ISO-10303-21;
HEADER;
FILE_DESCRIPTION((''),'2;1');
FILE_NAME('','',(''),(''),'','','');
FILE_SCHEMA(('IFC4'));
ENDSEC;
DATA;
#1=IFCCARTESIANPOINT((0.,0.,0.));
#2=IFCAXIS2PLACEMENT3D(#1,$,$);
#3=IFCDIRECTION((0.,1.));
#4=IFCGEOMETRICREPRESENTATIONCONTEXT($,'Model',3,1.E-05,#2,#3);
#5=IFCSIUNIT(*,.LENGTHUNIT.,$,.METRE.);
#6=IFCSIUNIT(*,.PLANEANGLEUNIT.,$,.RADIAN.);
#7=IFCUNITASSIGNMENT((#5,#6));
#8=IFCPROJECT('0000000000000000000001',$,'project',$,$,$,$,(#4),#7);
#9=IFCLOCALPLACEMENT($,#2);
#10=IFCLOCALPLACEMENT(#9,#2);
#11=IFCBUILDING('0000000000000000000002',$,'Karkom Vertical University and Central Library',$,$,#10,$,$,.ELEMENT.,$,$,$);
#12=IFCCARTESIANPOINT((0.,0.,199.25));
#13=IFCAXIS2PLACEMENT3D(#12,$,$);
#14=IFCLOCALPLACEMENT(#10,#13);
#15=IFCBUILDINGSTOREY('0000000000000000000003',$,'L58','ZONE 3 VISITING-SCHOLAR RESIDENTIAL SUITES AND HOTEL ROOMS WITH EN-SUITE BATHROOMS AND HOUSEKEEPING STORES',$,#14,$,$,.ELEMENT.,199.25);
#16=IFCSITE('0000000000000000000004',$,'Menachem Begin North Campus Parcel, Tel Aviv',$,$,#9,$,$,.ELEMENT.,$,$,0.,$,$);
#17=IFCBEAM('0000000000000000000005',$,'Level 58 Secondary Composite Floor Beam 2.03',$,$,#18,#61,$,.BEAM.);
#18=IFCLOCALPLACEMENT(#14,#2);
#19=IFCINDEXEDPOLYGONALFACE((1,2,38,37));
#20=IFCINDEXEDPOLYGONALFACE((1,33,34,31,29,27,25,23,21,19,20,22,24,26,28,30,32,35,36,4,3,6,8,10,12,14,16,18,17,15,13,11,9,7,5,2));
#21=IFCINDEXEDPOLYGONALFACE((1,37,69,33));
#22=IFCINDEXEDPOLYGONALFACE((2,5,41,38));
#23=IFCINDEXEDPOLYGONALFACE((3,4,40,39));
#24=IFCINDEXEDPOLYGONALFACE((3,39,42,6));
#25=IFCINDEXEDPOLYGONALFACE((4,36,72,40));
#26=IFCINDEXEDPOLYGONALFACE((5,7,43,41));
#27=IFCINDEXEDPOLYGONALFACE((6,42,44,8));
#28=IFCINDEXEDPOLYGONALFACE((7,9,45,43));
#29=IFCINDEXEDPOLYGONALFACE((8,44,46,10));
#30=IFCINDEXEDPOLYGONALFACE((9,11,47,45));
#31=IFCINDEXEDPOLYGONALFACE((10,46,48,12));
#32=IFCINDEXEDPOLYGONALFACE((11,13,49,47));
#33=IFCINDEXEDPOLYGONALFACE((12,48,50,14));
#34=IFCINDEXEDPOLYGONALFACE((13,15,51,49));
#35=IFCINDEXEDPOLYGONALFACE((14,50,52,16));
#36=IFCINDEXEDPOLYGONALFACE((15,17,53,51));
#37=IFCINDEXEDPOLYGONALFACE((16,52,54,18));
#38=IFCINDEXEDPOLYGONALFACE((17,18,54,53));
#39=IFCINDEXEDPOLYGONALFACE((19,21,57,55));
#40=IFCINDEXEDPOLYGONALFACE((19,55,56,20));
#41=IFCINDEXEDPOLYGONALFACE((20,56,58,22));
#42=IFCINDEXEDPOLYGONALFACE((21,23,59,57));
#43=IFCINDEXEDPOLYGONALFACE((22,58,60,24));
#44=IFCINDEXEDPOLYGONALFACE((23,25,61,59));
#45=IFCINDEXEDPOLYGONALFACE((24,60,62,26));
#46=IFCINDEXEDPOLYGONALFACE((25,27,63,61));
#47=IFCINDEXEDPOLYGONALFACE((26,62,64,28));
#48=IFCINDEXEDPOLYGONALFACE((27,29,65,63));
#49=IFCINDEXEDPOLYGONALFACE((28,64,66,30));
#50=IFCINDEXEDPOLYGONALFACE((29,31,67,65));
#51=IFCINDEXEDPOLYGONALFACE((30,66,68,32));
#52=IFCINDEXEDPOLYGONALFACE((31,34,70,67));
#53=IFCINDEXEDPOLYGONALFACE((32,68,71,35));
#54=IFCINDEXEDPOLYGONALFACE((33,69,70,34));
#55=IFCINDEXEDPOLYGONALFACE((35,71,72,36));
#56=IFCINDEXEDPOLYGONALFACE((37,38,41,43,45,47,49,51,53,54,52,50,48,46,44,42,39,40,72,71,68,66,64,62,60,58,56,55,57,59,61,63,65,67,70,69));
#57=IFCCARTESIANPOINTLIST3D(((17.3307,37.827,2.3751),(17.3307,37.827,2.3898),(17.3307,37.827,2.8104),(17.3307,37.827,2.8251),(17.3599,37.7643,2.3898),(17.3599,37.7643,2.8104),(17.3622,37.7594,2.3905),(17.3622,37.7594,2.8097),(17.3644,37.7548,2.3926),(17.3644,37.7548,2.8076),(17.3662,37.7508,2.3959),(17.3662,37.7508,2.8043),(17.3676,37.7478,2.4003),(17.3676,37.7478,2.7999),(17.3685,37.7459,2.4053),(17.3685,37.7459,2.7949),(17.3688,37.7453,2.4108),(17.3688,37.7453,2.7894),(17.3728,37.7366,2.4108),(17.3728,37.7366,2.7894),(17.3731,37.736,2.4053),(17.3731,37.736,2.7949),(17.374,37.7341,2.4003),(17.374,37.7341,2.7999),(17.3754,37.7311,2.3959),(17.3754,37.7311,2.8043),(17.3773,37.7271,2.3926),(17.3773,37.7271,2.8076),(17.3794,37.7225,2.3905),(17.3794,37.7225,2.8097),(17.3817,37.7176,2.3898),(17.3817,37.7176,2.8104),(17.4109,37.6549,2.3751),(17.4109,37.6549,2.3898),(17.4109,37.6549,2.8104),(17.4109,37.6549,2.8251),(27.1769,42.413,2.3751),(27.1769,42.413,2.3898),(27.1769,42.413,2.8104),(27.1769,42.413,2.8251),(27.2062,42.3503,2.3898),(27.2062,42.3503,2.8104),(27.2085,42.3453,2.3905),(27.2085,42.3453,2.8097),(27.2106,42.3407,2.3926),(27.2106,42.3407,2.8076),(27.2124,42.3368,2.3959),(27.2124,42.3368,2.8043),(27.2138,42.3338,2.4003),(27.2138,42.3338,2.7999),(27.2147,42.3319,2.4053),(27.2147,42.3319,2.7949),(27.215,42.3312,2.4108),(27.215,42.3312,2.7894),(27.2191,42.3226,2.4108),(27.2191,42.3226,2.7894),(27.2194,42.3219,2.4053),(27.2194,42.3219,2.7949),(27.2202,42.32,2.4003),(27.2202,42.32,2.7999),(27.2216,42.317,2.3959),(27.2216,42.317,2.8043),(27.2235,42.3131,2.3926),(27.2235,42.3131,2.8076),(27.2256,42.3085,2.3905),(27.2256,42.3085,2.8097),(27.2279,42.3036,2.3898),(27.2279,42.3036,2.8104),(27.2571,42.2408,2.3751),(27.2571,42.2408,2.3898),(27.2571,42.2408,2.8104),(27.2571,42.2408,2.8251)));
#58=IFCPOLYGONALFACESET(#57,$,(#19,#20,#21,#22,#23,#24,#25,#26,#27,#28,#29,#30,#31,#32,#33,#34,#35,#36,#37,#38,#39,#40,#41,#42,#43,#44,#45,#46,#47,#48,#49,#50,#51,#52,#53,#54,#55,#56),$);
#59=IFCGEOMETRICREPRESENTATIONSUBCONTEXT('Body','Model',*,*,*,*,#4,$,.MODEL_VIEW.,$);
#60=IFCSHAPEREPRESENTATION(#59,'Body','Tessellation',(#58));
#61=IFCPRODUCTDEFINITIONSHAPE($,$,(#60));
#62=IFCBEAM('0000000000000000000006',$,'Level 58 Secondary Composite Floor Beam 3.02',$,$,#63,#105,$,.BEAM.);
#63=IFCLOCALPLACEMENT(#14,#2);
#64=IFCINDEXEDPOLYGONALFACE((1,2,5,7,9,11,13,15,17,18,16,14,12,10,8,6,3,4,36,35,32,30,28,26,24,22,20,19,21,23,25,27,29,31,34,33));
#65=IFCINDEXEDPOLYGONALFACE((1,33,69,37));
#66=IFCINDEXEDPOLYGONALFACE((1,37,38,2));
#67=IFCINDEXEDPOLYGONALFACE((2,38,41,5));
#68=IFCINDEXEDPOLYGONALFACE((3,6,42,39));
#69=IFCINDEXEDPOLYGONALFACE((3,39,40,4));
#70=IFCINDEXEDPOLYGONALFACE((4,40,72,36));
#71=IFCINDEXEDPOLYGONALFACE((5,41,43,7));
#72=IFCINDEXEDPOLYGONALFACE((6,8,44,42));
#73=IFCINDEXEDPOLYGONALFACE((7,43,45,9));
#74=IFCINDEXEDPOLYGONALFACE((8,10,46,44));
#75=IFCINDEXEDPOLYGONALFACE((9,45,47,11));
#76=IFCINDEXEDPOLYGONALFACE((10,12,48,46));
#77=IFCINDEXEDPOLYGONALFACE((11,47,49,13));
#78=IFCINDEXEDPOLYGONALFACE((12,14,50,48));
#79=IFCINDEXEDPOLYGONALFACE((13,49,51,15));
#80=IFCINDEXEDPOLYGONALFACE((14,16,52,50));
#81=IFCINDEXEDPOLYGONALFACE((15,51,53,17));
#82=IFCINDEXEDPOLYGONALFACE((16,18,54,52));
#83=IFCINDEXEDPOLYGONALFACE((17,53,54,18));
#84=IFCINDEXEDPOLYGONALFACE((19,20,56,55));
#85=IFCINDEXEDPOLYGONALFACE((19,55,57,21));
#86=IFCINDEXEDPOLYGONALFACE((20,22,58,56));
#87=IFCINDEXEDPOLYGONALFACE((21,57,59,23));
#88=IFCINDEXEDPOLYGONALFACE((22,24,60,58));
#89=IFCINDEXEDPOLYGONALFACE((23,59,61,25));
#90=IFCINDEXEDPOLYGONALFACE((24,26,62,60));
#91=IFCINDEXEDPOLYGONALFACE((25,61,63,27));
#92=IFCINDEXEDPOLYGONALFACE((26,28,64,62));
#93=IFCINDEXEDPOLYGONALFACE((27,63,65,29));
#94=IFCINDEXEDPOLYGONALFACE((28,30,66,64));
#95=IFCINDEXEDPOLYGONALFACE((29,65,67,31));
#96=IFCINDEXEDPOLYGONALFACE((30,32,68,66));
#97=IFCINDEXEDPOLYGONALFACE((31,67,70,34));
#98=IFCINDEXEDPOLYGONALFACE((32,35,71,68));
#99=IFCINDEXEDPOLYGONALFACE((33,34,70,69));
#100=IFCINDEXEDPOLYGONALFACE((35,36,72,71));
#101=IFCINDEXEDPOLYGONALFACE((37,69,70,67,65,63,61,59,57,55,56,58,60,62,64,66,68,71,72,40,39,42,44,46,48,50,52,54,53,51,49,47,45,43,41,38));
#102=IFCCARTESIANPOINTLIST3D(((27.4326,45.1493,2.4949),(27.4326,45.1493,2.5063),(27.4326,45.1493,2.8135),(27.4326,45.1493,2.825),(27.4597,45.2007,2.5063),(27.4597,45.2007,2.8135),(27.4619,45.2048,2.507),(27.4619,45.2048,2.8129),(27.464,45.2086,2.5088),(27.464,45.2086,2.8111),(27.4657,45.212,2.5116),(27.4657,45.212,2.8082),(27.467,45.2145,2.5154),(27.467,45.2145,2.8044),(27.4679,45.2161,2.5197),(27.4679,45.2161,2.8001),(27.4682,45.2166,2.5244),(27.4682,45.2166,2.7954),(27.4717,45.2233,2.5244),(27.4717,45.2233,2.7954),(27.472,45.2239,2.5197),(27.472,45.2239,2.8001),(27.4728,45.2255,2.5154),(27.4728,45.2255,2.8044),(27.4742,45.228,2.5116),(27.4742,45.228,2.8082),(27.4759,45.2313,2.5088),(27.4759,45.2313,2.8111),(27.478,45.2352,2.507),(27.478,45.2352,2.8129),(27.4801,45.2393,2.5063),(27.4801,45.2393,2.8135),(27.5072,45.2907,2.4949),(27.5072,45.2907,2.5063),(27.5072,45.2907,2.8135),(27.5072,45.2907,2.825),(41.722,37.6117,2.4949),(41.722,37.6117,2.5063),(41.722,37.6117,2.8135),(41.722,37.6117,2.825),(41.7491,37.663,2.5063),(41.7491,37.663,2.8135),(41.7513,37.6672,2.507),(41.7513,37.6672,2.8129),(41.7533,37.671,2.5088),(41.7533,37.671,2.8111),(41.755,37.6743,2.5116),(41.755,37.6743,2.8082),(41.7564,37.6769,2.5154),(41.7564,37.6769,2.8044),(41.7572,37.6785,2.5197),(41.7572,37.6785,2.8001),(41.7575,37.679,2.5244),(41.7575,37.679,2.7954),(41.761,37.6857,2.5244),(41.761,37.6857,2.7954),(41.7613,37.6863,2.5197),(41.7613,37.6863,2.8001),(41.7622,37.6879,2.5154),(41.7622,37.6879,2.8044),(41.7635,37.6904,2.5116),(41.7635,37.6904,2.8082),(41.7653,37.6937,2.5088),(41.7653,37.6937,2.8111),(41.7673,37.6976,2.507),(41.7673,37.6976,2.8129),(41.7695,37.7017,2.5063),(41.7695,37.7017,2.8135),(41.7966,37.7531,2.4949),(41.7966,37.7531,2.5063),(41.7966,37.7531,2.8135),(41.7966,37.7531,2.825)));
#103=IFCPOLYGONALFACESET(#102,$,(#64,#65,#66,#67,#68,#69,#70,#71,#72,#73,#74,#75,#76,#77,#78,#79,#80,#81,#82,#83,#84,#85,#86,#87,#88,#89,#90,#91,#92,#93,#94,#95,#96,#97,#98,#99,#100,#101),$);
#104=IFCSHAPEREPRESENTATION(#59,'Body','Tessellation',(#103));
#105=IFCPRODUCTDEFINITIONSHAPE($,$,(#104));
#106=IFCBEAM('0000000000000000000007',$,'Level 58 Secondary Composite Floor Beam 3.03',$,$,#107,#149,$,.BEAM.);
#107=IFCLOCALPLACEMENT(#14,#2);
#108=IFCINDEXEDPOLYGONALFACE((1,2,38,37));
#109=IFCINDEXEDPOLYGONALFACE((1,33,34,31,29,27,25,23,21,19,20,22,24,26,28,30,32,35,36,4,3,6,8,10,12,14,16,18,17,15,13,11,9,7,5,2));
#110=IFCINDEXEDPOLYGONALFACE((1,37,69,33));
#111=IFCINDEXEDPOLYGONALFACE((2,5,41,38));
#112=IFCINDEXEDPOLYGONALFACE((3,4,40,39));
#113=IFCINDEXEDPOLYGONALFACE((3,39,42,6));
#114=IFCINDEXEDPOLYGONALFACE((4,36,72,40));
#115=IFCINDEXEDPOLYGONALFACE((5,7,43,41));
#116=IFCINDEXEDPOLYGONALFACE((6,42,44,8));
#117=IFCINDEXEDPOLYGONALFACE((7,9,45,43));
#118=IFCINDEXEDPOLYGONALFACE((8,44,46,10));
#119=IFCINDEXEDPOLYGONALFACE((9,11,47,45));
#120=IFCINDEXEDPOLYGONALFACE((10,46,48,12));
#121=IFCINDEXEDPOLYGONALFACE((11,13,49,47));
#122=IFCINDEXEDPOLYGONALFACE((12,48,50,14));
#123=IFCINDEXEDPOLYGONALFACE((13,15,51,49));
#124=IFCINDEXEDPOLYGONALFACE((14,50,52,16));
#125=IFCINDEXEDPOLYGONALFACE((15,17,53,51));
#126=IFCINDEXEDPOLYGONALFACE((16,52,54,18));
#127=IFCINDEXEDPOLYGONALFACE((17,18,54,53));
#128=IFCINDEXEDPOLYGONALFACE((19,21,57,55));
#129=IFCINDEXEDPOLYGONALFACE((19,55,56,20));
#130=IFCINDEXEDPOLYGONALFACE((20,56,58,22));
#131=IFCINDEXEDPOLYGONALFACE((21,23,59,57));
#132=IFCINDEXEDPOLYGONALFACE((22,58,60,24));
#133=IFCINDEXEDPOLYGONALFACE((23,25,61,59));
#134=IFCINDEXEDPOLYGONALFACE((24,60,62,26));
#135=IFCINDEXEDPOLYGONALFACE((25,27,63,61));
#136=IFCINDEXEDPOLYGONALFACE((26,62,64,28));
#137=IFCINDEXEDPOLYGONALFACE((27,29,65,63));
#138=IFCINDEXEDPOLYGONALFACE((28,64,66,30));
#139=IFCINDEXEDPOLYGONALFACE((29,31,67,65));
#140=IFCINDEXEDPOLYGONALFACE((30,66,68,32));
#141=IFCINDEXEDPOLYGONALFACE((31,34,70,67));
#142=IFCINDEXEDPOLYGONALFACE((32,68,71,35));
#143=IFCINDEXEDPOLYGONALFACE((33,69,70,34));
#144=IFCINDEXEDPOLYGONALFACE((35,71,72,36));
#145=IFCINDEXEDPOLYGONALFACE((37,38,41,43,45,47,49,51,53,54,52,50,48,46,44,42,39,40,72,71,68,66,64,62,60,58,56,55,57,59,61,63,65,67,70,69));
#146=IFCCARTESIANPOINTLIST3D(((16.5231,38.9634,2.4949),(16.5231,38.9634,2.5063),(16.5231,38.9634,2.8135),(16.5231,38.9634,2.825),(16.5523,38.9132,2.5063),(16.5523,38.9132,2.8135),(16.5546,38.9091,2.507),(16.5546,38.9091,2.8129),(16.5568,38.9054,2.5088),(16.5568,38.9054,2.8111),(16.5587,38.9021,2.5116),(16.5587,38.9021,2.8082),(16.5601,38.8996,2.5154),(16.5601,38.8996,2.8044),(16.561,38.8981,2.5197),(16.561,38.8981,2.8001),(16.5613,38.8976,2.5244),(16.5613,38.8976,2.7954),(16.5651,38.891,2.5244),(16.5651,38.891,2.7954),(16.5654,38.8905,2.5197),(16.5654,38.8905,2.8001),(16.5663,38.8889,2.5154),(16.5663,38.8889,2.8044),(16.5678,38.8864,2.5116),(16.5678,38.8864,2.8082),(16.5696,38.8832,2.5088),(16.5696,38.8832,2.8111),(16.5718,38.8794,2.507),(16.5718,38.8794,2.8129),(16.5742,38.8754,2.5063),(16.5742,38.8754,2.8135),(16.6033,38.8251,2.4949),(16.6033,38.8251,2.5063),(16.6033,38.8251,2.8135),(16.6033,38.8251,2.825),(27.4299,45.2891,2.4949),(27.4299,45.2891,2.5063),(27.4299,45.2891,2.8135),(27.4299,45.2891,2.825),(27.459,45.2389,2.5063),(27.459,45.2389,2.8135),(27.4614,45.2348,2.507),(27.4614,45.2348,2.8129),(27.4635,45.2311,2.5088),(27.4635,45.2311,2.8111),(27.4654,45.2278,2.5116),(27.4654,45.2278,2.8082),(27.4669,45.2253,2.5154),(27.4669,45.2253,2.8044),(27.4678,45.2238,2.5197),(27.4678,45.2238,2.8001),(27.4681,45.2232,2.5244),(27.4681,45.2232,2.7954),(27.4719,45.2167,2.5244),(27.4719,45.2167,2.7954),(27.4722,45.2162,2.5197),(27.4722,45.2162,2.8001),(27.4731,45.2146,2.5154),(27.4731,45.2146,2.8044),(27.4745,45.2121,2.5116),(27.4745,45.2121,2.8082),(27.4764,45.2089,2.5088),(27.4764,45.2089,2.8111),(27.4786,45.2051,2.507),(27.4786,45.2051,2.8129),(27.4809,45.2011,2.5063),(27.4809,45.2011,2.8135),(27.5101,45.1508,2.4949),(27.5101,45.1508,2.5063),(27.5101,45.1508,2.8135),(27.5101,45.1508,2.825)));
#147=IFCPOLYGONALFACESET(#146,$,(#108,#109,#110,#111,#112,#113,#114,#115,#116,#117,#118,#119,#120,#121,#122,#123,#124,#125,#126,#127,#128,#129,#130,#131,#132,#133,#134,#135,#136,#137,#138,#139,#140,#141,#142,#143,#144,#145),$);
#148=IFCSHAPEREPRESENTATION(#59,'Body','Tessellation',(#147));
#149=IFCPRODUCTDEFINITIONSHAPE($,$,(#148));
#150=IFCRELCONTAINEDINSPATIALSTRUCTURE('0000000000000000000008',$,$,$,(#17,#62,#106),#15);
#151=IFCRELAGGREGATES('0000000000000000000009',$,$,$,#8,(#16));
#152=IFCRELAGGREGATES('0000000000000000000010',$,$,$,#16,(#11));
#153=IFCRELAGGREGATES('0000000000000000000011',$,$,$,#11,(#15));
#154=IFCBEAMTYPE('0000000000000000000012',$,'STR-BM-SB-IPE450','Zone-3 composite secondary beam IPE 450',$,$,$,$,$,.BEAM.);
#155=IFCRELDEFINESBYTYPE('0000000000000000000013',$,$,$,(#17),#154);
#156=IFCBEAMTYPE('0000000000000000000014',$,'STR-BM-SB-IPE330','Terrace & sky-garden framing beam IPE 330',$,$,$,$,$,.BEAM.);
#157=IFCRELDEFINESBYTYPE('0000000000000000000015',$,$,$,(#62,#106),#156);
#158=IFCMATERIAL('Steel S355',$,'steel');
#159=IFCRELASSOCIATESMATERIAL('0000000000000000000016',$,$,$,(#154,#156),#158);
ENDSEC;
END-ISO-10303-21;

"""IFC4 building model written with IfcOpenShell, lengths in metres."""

from ifc_helpers import new_model, si_unit, direction, frame, origin, origin_with_axes, origin_2d, place, context, subcontext, project, spatial, i_section, extrude, source, transform, mapped, material, material_profile, profile_set, type_object, element, save


model = new_model("IFC4")

# Units and contexts
model_context = context("Model", 3, precision=1e-05, world=origin(), true_north=direction((0.0, 1.0)))
body_context = subcontext(model_context, "Body", "Model", "MODEL_VIEW")
ifc_project = project(units=[si_unit("LENGTHUNIT", "METRE"), si_unit("PLANEANGLEUNIT", "RADIAN")], contexts=[model_context])

# Site, building, storey
site_placement = place(None, origin())
site = spatial("IfcSite", under=ifc_project, at=site_placement, Name="Menachem Begin North Campus Parcel, Tel Aviv", CompositionType="ELEMENT", RefElevation=0.0)
building_placement = place(site_placement, origin())
building = spatial("IfcBuilding", under=site, at=building_placement, Name="Karkom Vertical University and Central Library", CompositionType="ELEMENT")
storey_placement = place(building_placement, frame((0.0, 0.0, 199.25)))
storey = spatial("IfcBuildingStorey", under=building, at=storey_placement, Name="L58", Description="ZONE 3 VISITING-SCHOLAR RESIDENTIAL SUITES AND HOTEL ROOMS WITH EN-SUITE BATHROOMS AND HOUSEKEEPING STORES", CompositionType="ELEMENT", Elevation=199.25)

# Beams
ifc_material_1 = material(Name="Steel S355", Category="steel")
ifc_material_profile_1 = material_profile(ifc_material_1, i_section(OverallWidth=0.1899, OverallDepth=0.45, WebThickness=0.0095, FlangeThickness=0.0146, FilletRadius=0.021, at=origin_2d()), Name="IPE 450")
ifc_profile_set_1 = profile_set([ifc_material_profile_1], Name="Steel S355")
beam_type_1 = type_object("IfcBeamType", Name="STR-BM-SB-IPE450", Description="Zone-3 composite secondary beam IPE 450", PredefinedType="BEAM", material=ifc_profile_set_1)
shared_shape_1 = source(origin_with_axes(), body_context, "Body", "SweptSolid", [
    extrude(i_section(OverallWidth=0.1899, OverallDepth=0.45, WebThickness=0.0095, FlangeThickness=0.0146, FilletRadius=0.021, at=origin_2d()), origin(), (0.0, 0.0, 1.0), 10.8618),
])
beam_1_placement = place(storey_placement, frame((27.217, 42.3269, 2.6001), z_axis=(-0.906499, -0.422209, 0.0), x_axis=(0.422209, -0.906499, 0.0)))
element("IfcBeam", 1, at=beam_1_placement, inside=storey, type_object=beam_type_1, Name="Level 58 Secondary Composite Floor Beam 2.03", PredefinedType="BEAM", context=body_context, shape_type="MappedRepresentation", body=[
    mapped(shared_shape_1, transform((0.0, 0.0, 0.0), scale=1.0)),
])
ifc_material_profile_2 = material_profile(ifc_material_1, i_section(OverallWidth=0.1599, OverallDepth=0.3301, WebThickness=0.0076, FlangeThickness=0.0115, FilletRadius=0.0181, at=origin_2d()), Name="IPE 330")
ifc_profile_set_2 = profile_set([ifc_material_profile_2], Name="Steel S355")
beam_type_2 = type_object("IfcBeamType", Name="STR-BM-SB-IPE330", Description="Terrace & sky-garden framing beam IPE 330", PredefinedType="BEAM", material=ifc_profile_set_2)
shared_shape_2 = source(origin_with_axes(), body_context, "Body", "SweptSolid", [
    extrude(i_section(OverallWidth=0.1599, OverallDepth=0.3301, WebThickness=0.0076, FlangeThickness=0.0115, FilletRadius=0.0181, at=origin_2d()), origin(), (0.0, 0.0, 1.0), 16.1555),
])
beam_2_placement = place(storey_placement, frame((41.7593, 37.6824, 2.6599), z_axis=(-0.884486, 0.466566, 0.0), x_axis=(-0.466566, -0.884486, 0.0)))
element("IfcBeam", 2, at=beam_2_placement, inside=storey, type_object=beam_type_2, Name="Level 58 Secondary Composite Floor Beam 3.02", PredefinedType="BEAM", context=body_context, shape_type="MappedRepresentation", body=[
    mapped(shared_shape_2, transform((0.0, 0.0, 0.0), scale=1.0)),
])
shared_shape_3 = source(origin_with_axes(), body_context, "Body", "SweptSolid", [
    extrude(i_section(OverallWidth=0.1599, OverallDepth=0.3301, WebThickness=0.0076, FlangeThickness=0.0115, FilletRadius=0.0181, at=origin_2d()), origin(), (0.0, 0.0, 1.0), 12.6084),
])
beam_3_placement = place(storey_placement, frame((27.47, 45.22, 2.6599), z_axis=(-0.865039, -0.501705, 0.0), x_axis=(0.501705, -0.865039, 0.0)))
element("IfcBeam", 3, at=beam_3_placement, inside=storey, type_object=beam_type_2, Name="Level 58 Secondary Composite Floor Beam 3.03", PredefinedType="BEAM", context=body_context, shape_type="MappedRepresentation", body=[
    mapped(shared_shape_3, transform((0.0, 0.0, 0.0), scale=1.0)),
])

save(model, "model.ifc")
